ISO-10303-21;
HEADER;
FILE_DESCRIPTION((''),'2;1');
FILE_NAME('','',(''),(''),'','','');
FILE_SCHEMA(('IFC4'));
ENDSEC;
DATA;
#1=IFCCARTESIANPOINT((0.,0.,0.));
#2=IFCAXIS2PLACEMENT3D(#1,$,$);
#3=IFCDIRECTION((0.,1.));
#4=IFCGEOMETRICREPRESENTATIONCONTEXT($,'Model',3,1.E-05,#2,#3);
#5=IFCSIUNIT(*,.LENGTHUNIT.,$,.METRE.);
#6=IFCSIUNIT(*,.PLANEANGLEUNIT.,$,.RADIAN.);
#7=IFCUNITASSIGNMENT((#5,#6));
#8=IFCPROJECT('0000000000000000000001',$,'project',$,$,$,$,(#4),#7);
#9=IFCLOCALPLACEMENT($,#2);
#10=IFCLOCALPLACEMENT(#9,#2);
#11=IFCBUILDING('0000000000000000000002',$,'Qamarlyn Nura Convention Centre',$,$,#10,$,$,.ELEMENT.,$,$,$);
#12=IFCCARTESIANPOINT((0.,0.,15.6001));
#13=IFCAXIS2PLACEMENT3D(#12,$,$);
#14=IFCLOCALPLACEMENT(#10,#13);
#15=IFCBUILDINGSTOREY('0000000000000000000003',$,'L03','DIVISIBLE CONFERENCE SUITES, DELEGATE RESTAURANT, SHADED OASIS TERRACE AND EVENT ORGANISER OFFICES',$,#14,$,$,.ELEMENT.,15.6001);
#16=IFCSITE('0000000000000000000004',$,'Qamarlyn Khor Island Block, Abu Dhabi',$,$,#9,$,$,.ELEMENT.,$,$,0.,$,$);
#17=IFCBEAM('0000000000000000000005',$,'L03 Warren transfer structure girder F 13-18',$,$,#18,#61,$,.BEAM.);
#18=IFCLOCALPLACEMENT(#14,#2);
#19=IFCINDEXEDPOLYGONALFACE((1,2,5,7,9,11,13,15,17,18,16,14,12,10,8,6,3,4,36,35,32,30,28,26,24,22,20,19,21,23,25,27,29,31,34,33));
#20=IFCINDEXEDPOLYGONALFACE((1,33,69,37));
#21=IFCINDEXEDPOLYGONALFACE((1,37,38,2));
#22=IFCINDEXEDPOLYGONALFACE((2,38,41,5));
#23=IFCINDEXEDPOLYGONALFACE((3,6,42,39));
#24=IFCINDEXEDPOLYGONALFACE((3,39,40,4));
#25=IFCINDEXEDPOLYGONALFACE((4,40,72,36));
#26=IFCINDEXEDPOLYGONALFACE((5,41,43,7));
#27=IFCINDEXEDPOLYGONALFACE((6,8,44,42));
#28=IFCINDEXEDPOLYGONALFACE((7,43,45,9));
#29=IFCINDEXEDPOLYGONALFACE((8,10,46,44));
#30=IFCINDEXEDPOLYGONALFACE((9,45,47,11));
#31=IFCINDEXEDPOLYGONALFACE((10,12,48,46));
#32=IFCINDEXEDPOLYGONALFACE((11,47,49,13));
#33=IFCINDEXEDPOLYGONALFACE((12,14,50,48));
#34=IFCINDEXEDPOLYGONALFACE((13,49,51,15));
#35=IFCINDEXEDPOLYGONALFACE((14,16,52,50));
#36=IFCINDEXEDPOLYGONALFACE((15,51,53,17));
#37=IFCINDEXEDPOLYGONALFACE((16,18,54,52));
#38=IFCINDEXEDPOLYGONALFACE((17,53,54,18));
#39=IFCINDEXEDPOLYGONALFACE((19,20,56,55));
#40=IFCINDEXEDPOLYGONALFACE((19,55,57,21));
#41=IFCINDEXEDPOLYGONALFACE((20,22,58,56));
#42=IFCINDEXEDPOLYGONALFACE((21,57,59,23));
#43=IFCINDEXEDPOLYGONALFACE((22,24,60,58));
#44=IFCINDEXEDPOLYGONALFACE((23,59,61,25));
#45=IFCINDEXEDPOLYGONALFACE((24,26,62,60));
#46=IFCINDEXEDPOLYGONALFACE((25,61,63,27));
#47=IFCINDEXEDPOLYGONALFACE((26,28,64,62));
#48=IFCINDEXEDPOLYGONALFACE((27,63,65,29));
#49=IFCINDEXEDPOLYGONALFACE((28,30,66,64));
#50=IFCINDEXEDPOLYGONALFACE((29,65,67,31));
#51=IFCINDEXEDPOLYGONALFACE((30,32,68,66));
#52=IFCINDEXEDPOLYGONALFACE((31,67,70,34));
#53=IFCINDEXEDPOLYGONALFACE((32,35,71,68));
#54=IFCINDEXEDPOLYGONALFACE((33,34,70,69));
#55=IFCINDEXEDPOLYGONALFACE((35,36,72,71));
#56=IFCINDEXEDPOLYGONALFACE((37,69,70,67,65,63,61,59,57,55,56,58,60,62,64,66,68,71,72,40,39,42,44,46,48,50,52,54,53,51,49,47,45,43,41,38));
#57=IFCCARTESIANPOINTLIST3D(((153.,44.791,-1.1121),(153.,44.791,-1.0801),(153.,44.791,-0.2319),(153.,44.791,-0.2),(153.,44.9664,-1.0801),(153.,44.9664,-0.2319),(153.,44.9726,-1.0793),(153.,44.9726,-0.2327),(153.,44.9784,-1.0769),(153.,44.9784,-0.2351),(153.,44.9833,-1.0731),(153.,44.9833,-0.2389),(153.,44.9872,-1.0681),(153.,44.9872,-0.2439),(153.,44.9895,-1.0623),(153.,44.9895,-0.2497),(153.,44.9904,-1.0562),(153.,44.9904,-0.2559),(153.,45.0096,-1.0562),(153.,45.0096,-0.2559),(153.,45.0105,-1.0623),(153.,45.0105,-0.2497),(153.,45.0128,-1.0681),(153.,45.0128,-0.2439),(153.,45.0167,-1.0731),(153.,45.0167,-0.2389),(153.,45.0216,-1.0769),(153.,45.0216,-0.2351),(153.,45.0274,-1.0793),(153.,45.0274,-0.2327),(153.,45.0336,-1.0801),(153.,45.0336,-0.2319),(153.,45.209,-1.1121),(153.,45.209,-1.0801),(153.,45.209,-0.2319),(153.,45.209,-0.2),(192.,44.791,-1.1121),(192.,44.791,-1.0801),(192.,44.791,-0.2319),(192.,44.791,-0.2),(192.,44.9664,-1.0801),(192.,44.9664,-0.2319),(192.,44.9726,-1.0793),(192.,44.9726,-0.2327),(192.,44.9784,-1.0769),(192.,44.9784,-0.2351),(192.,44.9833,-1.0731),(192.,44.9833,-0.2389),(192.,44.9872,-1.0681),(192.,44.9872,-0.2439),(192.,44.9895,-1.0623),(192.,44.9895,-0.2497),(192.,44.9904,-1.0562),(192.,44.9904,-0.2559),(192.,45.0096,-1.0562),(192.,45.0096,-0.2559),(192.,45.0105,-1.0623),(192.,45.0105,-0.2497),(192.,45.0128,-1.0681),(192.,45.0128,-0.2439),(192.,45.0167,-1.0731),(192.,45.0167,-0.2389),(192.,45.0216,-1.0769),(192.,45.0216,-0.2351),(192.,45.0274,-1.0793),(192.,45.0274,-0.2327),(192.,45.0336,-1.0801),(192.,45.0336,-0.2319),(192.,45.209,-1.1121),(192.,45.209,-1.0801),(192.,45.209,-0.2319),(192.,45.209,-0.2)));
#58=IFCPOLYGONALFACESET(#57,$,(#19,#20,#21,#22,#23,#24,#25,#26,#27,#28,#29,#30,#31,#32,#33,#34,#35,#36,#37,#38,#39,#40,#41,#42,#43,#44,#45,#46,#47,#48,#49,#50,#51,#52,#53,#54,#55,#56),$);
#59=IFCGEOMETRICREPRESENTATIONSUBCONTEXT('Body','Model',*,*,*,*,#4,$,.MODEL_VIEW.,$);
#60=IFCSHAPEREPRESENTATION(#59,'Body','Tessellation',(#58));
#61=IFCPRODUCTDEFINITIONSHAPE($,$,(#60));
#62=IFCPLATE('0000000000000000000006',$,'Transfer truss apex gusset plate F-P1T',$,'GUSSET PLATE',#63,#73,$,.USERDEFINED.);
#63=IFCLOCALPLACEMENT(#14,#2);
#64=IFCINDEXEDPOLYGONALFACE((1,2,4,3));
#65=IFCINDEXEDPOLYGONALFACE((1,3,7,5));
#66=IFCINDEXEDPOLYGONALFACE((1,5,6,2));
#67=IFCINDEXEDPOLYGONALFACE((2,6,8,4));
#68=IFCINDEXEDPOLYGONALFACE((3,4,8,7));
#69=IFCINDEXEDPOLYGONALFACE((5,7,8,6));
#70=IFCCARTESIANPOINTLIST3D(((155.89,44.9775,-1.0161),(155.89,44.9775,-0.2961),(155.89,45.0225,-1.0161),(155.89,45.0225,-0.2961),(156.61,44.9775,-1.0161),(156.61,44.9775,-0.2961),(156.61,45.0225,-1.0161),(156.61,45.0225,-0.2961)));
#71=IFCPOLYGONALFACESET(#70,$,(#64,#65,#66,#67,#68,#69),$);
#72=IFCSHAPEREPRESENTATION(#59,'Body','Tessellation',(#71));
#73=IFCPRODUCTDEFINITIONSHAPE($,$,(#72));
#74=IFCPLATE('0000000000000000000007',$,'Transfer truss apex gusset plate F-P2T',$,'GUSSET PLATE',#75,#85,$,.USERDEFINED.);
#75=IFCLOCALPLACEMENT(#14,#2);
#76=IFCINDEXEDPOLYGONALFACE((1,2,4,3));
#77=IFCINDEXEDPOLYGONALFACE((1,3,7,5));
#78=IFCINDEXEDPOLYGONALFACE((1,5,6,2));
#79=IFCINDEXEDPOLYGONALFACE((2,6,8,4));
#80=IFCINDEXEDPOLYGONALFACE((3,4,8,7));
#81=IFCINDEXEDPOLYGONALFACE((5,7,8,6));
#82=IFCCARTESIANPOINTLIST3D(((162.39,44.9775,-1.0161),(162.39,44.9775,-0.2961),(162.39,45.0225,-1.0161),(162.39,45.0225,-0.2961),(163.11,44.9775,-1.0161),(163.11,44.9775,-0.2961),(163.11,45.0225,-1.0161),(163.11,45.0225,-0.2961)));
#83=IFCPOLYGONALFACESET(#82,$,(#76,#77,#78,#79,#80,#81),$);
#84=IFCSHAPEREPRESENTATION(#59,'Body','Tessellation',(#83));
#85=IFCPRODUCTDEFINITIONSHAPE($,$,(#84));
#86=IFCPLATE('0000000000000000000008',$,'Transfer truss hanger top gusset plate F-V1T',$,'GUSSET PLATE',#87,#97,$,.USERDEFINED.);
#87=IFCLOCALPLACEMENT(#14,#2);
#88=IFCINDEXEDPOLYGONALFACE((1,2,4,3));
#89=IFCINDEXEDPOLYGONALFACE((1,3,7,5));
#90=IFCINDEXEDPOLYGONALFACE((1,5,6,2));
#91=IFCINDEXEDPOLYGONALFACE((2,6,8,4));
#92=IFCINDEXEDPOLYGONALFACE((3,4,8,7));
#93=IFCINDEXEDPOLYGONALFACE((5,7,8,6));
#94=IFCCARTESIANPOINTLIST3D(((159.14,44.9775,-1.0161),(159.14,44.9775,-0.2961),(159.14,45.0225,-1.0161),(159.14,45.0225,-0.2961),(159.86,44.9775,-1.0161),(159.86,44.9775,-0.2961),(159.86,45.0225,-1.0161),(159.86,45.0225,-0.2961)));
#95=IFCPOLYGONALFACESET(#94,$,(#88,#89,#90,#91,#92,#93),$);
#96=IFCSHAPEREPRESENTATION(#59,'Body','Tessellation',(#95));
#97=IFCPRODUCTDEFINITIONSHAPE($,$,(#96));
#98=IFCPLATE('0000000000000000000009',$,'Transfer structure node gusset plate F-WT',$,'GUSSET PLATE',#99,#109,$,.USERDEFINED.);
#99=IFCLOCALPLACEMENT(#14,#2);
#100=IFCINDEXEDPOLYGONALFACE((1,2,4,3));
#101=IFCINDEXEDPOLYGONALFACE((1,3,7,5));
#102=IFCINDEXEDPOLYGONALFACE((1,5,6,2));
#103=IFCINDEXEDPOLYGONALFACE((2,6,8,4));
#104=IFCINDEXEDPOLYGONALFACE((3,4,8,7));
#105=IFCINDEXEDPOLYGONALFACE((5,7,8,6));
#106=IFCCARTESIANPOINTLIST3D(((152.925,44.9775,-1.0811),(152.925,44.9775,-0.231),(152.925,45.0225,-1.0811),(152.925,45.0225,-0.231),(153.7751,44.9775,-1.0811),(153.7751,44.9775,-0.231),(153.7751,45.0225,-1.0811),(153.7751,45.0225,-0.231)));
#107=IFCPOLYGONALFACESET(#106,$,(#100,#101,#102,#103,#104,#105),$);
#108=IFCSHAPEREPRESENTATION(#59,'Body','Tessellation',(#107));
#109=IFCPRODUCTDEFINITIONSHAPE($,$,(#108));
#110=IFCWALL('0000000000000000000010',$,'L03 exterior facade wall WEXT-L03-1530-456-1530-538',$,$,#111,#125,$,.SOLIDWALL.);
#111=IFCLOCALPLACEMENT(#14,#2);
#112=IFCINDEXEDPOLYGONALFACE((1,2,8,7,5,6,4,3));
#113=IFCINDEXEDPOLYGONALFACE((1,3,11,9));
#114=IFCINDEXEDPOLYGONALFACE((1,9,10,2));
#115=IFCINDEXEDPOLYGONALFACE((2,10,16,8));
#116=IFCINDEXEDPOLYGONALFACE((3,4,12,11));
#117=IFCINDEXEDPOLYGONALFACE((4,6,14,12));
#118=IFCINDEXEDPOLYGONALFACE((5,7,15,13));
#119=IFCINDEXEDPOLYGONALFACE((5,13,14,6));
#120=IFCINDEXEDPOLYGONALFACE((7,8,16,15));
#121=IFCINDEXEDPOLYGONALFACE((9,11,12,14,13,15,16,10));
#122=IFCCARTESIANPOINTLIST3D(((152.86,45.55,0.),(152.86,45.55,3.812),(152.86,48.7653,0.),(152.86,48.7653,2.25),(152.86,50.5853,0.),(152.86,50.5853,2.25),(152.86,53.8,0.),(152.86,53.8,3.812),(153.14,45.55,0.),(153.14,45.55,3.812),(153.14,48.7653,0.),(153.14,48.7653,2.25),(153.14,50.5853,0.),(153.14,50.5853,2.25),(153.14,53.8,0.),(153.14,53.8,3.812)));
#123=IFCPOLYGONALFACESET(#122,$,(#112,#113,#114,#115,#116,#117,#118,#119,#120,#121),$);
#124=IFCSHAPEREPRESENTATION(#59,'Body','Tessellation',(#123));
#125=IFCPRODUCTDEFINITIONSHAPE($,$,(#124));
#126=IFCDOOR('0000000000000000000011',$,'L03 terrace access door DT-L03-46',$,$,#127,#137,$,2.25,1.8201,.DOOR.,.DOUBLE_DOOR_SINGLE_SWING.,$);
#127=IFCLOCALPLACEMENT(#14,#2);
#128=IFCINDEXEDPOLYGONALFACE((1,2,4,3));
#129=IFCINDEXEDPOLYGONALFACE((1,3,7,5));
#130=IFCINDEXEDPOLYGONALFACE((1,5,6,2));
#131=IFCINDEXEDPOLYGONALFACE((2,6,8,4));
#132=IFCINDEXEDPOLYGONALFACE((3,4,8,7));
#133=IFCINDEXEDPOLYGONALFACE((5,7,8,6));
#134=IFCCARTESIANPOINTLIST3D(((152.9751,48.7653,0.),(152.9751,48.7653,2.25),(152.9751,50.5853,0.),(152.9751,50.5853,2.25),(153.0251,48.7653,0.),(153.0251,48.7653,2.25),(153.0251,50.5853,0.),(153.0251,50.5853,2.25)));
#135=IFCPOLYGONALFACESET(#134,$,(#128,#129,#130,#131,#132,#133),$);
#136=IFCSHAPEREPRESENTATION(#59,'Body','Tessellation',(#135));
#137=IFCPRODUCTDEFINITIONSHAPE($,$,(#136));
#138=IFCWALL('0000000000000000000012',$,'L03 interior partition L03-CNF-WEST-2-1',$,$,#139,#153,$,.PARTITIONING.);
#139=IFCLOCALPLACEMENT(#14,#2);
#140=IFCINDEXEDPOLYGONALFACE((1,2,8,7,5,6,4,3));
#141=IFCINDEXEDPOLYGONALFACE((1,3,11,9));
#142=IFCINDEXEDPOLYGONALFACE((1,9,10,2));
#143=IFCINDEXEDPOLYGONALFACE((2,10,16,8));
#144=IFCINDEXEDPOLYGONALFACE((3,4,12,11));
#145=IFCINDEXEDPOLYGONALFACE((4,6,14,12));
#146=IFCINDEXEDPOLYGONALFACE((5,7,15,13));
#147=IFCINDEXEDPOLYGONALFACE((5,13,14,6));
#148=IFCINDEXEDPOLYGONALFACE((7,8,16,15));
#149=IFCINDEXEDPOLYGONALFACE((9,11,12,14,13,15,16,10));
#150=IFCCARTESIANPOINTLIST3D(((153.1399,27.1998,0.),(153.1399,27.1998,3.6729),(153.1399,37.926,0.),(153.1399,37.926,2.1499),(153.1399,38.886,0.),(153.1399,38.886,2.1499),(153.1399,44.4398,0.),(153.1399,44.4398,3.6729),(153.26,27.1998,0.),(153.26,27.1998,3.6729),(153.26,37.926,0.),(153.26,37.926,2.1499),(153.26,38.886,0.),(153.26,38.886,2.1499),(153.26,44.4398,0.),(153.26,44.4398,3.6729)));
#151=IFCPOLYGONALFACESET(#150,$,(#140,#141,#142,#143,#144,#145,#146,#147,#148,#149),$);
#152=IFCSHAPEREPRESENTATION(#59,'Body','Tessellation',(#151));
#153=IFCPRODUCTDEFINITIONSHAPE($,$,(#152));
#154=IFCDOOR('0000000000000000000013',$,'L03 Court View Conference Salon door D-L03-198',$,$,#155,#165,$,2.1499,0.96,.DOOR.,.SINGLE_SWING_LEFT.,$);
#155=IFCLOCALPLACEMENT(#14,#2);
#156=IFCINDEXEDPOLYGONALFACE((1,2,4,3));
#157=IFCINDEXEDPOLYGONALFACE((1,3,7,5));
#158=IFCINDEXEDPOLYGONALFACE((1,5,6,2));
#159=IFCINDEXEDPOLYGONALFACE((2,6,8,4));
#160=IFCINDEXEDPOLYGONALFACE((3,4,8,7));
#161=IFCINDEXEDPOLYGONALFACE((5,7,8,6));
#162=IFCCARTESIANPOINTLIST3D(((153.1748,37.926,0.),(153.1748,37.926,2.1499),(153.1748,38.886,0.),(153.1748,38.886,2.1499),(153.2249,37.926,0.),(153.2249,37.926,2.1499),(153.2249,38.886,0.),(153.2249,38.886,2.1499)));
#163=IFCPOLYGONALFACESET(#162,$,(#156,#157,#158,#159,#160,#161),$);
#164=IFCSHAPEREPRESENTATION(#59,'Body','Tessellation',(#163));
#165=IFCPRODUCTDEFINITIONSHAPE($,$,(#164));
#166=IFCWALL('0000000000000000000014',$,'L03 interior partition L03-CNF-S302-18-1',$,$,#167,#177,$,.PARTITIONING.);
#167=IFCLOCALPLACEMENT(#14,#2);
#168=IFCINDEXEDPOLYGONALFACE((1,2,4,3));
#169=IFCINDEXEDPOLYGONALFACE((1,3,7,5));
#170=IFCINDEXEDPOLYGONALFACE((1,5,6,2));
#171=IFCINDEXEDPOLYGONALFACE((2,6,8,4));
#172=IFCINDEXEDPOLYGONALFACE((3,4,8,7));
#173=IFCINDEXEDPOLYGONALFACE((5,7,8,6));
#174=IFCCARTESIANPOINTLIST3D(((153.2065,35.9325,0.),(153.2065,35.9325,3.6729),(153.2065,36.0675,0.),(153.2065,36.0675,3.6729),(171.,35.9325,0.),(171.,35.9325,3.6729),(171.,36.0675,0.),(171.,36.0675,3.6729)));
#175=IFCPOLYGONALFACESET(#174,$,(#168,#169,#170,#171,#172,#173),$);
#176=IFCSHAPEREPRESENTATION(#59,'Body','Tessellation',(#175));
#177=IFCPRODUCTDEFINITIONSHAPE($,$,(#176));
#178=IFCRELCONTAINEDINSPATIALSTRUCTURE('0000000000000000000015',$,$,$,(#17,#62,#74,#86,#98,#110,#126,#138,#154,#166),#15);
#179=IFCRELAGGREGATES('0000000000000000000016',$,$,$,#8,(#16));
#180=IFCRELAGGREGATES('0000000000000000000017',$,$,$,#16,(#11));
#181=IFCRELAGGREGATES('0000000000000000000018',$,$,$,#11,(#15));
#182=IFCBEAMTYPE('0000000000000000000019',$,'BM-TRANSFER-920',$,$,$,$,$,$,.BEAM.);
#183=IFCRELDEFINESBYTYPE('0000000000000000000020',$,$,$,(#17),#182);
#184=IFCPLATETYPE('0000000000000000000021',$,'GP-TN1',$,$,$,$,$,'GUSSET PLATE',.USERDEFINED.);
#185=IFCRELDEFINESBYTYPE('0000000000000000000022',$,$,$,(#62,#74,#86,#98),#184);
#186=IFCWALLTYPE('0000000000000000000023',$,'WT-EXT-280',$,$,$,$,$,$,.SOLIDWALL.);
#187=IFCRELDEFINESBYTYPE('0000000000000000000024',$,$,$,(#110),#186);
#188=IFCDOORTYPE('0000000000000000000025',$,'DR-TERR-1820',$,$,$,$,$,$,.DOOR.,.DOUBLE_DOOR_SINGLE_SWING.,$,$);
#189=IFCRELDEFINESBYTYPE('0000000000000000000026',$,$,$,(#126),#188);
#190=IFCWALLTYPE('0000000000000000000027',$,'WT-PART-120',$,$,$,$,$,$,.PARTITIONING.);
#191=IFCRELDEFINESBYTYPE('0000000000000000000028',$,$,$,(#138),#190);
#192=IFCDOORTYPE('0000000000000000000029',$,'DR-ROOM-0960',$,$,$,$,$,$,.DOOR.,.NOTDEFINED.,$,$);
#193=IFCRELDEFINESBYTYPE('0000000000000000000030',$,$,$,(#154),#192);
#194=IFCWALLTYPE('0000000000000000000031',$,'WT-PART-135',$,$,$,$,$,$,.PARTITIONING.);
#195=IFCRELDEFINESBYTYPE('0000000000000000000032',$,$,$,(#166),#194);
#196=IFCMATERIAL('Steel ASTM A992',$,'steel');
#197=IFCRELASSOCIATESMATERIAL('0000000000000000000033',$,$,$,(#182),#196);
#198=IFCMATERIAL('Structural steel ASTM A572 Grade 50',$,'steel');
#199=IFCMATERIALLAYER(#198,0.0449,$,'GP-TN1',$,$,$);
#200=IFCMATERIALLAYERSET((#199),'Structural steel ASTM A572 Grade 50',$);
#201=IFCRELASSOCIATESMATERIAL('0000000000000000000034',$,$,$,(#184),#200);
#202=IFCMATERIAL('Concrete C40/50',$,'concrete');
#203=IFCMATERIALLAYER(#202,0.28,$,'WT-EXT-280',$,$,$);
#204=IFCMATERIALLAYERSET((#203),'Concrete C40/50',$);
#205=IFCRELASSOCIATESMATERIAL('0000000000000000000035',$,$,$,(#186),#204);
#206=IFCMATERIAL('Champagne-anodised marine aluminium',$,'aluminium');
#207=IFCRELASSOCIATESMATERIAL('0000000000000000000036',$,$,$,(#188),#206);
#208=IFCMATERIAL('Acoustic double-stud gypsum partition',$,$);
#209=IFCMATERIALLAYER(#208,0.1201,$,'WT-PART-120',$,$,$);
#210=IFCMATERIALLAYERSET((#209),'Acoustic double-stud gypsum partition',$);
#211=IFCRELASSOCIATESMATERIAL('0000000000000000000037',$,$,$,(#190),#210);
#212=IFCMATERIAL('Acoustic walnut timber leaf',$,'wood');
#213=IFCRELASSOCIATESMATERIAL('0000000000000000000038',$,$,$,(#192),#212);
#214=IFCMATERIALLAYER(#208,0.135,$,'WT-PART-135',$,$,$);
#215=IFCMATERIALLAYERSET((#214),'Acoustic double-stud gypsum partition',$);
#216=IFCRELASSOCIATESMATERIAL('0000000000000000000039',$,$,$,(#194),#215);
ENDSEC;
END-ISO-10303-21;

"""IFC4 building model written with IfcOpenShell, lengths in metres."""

from ifc_helpers import new_model, si_unit, direction, frame, frame_2d, origin, origin_2d, place, context, subcontext, project, spatial, rectangle, i_section, extrude, material, layer, layer_set, material_profile, profile_set, type_object, element, fill, save


model = new_model("IFC4")

# Units and contexts
model_context = context("Model", 3, precision=1e-05, world=origin(), true_north=direction((0.0, 1.0)))
body_context = subcontext(model_context, "Body", "Model", "MODEL_VIEW")
ifc_project = project(units=[si_unit("LENGTHUNIT", "METRE"), si_unit("PLANEANGLEUNIT", "RADIAN")], contexts=[model_context])

# Site, building, storey
site_placement = place(None, origin())
site = spatial("IfcSite", under=ifc_project, at=site_placement, Name="Qamarlyn Khor Island Block, Abu Dhabi", CompositionType="ELEMENT", RefElevation=0.0)
building_placement = place(site_placement, origin())
building = spatial("IfcBuilding", under=site, at=building_placement, Name="Qamarlyn Nura Convention Centre", CompositionType="ELEMENT")
storey_placement = place(building_placement, frame((0.0, 0.0, 15.6001)))
storey = spatial("IfcBuildingStorey", under=building, at=storey_placement, Name="L03", Description="DIVISIBLE CONFERENCE SUITES, DELEGATE RESTAURANT, SHADED OASIS TERRACE AND EVENT ORGANISER OFFICES", CompositionType="ELEMENT", Elevation=15.6001)

# Shared definitions
ifc_material_1 = material(Name="Steel ASTM A992", Category="steel")

# Beam
ifc_material_profile_1 = material_profile(ifc_material_1, i_section(OverallWidth=0.418, OverallDepth=0.9121, WebThickness=0.0193, FlangeThickness=0.032, FilletRadius=0.0239, at=origin_2d()), Name="W920X342")
ifc_profile_set_1 = profile_set([ifc_material_profile_1], Name="Steel ASTM A992")
beam_type_1 = type_object("IfcBeamType", Name="BM-TRANSFER-920", PredefinedType="BEAM", material=ifc_profile_set_1)
beam_1_placement = place(storey_placement, frame((153.0, 45.0, -0.656), z_axis=(1.0, 0.0, 0.0), x_axis=(0.0, 1.0, 0.0)))
element("IfcBeam", 1, at=beam_1_placement, inside=storey, type_object=beam_type_1, Name="L03 Warren transfer structure girder F 13-18", PredefinedType="BEAM", context=body_context, shape_type="SweptSolid", body=[
    extrude(i_section(OverallWidth=0.418, OverallDepth=0.9121, WebThickness=0.0193, FlangeThickness=0.032, FilletRadius=0.0239, at=origin_2d()), origin(), (0.0, 0.0, 1.0), 39.0),
])

# Plates
ifc_material_2 = material(Name="Structural steel ASTM A572 Grade 50", Category="steel")
ifc_layer_1 = layer(ifc_material_2, 0.0449, Name="GP-TN1")
ifc_layer_set_1 = layer_set([ifc_layer_1], Name="Structural steel ASTM A572 Grade 50")
plate_type = type_object("IfcPlateType", Name="GP-TN1", ElementType="GUSSET PLATE", PredefinedType="USERDEFINED", material=ifc_layer_set_1)
for number, where, z_axis, x_axis, name in (
    (2, (156.25, 45.0, -1.0161), (0.0, 0.0, 1.0), (1.0, 0.0, 0.0), "Transfer truss apex gusset plate F-P1T"),
    (3, (162.75, 45.0, -1.0161), (0.0, 0.0, 1.0), (1.0, 0.0, 0.0), "Transfer truss apex gusset plate F-P2T"),
    (4, (159.5, 45.0, -1.0161), (0.0, 0.0, 1.0), (1.0, 0.0, 0.0), "Transfer truss hanger top gusset plate F-V1T"),
):
    element("IfcPlate", number, at=place(storey_placement, frame(where, z_axis=z_axis, x_axis=x_axis)), inside=storey, type_object=plate_type, Name=name, ObjectType="GUSSET PLATE", PredefinedType="USERDEFINED", context=body_context, shape_type="SweptSolid", body=[
        extrude(rectangle(XDim=0.72, YDim=0.0449, at=origin_2d()), origin(), (0.0, 0.0, 1.0), 0.72),
    ])
plate_placement = place(storey_placement, frame((153.3501, 45.0, -1.0811), z_axis=(0.0, 0.0, 1.0), x_axis=(1.0, 0.0, 0.0)))
element("IfcPlate", 5, at=plate_placement, inside=storey, type_object=plate_type, Name="Transfer structure node gusset plate F-WT", ObjectType="GUSSET PLATE", PredefinedType="USERDEFINED", context=body_context, shape_type="SweptSolid", body=[
    extrude(rectangle(XDim=0.8501, YDim=0.0449, at=origin_2d()), origin(), (0.0, 0.0, 1.0), 0.8501),
])

# Walls, openings, doors
ifc_material_3 = material(Name="Concrete C40/50", Category="concrete")
ifc_layer_2 = layer(ifc_material_3, 0.28, Name="WT-EXT-280")
ifc_layer_set_2 = layer_set([ifc_layer_2], Name="Concrete C40/50")
wall_type_1 = type_object("IfcWallType", Name="WT-EXT-280", PredefinedType="SOLIDWALL", material=ifc_layer_set_2)
wall_1_placement = place(storey_placement, frame((153.0, 45.55, 0.0), z_axis=(0.0, 0.0, 1.0), x_axis=(0.0, 1.0, 0.0)))
wall_1 = element("IfcWall", 6, at=wall_1_placement, inside=storey, type_object=wall_type_1, Name="L03 exterior facade wall WEXT-L03-1530-456-1530-538", PredefinedType="SOLIDWALL", context=body_context, shape_type="SweptSolid", body=[
    extrude(rectangle(XDim=8.25, YDim=0.28, at=frame_2d((4.125, 0.0))), origin(), (0.0, 0.0, 1.0), 3.812),
])
opening_1_placement = place(wall_1_placement, frame((3.2151, 0.0, 0.0)))
opening_1 = element("IfcOpeningElement", 7, at=opening_1_placement, cuts=wall_1, PredefinedType="OPENING", context=body_context, shape_type="SweptSolid", body=[
    extrude(rectangle(XDim=1.8201, YDim=2.25, at=frame_2d((0.9102, 1.125))), frame((0.0, 0.1499, 0.0), z_axis=(0.0, -1.0, 0.0), x_axis=(1.0, 0.0, 0.0)), (0.0, 0.0, 1.0), 0.3),
])
ifc_material_4 = material(Name="Champagne-anodised marine aluminium", Category="aluminium")
door_type_1 = type_object("IfcDoorType", Name="DR-TERR-1820", OperationType="DOUBLE_DOOR_SINGLE_SWING", PredefinedType="DOOR", material=ifc_material_4)
door_1_placement = place(opening_1_placement, origin())
door_1 = element("IfcDoor", 8, at=door_1_placement, inside=storey, type_object=door_type_1, Name="L03 terrace access door DT-L03-46", OperationType="DOUBLE_DOOR_SINGLE_SWING", OverallHeight=2.25, OverallWidth=1.8201, PredefinedType="DOOR", context=body_context, shape_type="SweptSolid", body=[
    extrude(rectangle(XDim=1.8201, YDim=2.25, at=frame_2d((0.9102, 1.125))), frame((0.0, 0.0249, 0.0), z_axis=(0.0, -1.0, 0.0), x_axis=(1.0, 0.0, 0.0)), (0.0, 0.0, 1.0), 0.05),
])
fill(opening_1, door_1)
ifc_material_5 = material(Name="Acoustic double-stud gypsum partition")
ifc_layer_3 = layer(ifc_material_5, 0.1201, Name="WT-PART-120")
ifc_layer_set_3 = layer_set([ifc_layer_3], Name="Acoustic double-stud gypsum partition")
wall_type_2 = type_object("IfcWallType", Name="WT-PART-120", PredefinedType="PARTITIONING", material=ifc_layer_set_3)
wall_2_placement = place(storey_placement, frame((153.2, 44.4399, 0.0), z_axis=(0.0, 0.0, 1.0), x_axis=(0.0, -1.0, 0.0)))
wall_2 = element("IfcWall", 9, at=wall_2_placement, inside=storey, type_object=wall_type_2, Name="L03 interior partition L03-CNF-WEST-2-1", PredefinedType="PARTITIONING", context=body_context, shape_type="SweptSolid", body=[
    extrude(rectangle(XDim=17.24, YDim=0.1201, at=frame_2d((8.6201, 0.0))), origin(), (0.0, 0.0, 1.0), 3.6729),
])
opening_2_placement = place(wall_2_placement, frame((5.554, 0.0, 0.0)))
opening_2 = element("IfcOpeningElement", 10, at=opening_2_placement, cuts=wall_2, PredefinedType="OPENING", context=body_context, shape_type="SweptSolid", body=[
    extrude(rectangle(XDim=0.96, YDim=2.1499, at=frame_2d((0.48, 1.075))), frame((0.0, 0.0701, 0.0), z_axis=(0.0, -1.0, 0.0), x_axis=(1.0, 0.0, 0.0)), (0.0, 0.0, 1.0), 0.1401),
])
ifc_material_6 = material(Name="Acoustic walnut timber leaf", Category="wood")
door_type_2 = type_object("IfcDoorType", Name="DR-ROOM-0960", OperationType="NOTDEFINED", PredefinedType="DOOR", material=ifc_material_6)
door_2_placement = place(opening_2_placement, origin())
door_2 = element("IfcDoor", 11, at=door_2_placement, inside=storey, type_object=door_type_2, Name="L03 Court View Conference Salon door D-L03-198", OperationType="SINGLE_SWING_LEFT", OverallHeight=2.1499, OverallWidth=0.96, PredefinedType="DOOR", context=body_context, shape_type="SweptSolid", body=[
    extrude(rectangle(XDim=0.96, YDim=2.1499, at=frame_2d((0.48, 1.075))), frame((0.0, 0.0249, 0.0), z_axis=(0.0, -1.0, 0.0), x_axis=(1.0, 0.0, 0.0)), (0.0, 0.0, 1.0), 0.05),
])
fill(opening_2, door_2)

# Wall
ifc_layer_4 = layer(ifc_material_5, 0.135, Name="WT-PART-135")
ifc_layer_set_4 = layer_set([ifc_layer_4], Name="Acoustic double-stud gypsum partition")
wall_type_3 = type_object("IfcWallType", Name="WT-PART-135", PredefinedType="PARTITIONING", material=ifc_layer_set_4)
wall_3_placement = place(storey_placement, frame((153.2065, 36.0, 0.0), z_axis=(0.0, 0.0, 1.0), x_axis=(1.0, 0.0, 0.0)))
element("IfcWall", 12, at=wall_3_placement, inside=storey, type_object=wall_type_3, Name="L03 interior partition L03-CNF-S302-18-1", PredefinedType="PARTITIONING", context=body_context, shape_type="SweptSolid", body=[
    extrude(rectangle(XDim=17.7935, YDim=0.135, at=frame_2d((8.8967, 0.0))), origin(), (0.0, 0.0, 1.0), 3.6729),
])

save(model, "model.ifc")
